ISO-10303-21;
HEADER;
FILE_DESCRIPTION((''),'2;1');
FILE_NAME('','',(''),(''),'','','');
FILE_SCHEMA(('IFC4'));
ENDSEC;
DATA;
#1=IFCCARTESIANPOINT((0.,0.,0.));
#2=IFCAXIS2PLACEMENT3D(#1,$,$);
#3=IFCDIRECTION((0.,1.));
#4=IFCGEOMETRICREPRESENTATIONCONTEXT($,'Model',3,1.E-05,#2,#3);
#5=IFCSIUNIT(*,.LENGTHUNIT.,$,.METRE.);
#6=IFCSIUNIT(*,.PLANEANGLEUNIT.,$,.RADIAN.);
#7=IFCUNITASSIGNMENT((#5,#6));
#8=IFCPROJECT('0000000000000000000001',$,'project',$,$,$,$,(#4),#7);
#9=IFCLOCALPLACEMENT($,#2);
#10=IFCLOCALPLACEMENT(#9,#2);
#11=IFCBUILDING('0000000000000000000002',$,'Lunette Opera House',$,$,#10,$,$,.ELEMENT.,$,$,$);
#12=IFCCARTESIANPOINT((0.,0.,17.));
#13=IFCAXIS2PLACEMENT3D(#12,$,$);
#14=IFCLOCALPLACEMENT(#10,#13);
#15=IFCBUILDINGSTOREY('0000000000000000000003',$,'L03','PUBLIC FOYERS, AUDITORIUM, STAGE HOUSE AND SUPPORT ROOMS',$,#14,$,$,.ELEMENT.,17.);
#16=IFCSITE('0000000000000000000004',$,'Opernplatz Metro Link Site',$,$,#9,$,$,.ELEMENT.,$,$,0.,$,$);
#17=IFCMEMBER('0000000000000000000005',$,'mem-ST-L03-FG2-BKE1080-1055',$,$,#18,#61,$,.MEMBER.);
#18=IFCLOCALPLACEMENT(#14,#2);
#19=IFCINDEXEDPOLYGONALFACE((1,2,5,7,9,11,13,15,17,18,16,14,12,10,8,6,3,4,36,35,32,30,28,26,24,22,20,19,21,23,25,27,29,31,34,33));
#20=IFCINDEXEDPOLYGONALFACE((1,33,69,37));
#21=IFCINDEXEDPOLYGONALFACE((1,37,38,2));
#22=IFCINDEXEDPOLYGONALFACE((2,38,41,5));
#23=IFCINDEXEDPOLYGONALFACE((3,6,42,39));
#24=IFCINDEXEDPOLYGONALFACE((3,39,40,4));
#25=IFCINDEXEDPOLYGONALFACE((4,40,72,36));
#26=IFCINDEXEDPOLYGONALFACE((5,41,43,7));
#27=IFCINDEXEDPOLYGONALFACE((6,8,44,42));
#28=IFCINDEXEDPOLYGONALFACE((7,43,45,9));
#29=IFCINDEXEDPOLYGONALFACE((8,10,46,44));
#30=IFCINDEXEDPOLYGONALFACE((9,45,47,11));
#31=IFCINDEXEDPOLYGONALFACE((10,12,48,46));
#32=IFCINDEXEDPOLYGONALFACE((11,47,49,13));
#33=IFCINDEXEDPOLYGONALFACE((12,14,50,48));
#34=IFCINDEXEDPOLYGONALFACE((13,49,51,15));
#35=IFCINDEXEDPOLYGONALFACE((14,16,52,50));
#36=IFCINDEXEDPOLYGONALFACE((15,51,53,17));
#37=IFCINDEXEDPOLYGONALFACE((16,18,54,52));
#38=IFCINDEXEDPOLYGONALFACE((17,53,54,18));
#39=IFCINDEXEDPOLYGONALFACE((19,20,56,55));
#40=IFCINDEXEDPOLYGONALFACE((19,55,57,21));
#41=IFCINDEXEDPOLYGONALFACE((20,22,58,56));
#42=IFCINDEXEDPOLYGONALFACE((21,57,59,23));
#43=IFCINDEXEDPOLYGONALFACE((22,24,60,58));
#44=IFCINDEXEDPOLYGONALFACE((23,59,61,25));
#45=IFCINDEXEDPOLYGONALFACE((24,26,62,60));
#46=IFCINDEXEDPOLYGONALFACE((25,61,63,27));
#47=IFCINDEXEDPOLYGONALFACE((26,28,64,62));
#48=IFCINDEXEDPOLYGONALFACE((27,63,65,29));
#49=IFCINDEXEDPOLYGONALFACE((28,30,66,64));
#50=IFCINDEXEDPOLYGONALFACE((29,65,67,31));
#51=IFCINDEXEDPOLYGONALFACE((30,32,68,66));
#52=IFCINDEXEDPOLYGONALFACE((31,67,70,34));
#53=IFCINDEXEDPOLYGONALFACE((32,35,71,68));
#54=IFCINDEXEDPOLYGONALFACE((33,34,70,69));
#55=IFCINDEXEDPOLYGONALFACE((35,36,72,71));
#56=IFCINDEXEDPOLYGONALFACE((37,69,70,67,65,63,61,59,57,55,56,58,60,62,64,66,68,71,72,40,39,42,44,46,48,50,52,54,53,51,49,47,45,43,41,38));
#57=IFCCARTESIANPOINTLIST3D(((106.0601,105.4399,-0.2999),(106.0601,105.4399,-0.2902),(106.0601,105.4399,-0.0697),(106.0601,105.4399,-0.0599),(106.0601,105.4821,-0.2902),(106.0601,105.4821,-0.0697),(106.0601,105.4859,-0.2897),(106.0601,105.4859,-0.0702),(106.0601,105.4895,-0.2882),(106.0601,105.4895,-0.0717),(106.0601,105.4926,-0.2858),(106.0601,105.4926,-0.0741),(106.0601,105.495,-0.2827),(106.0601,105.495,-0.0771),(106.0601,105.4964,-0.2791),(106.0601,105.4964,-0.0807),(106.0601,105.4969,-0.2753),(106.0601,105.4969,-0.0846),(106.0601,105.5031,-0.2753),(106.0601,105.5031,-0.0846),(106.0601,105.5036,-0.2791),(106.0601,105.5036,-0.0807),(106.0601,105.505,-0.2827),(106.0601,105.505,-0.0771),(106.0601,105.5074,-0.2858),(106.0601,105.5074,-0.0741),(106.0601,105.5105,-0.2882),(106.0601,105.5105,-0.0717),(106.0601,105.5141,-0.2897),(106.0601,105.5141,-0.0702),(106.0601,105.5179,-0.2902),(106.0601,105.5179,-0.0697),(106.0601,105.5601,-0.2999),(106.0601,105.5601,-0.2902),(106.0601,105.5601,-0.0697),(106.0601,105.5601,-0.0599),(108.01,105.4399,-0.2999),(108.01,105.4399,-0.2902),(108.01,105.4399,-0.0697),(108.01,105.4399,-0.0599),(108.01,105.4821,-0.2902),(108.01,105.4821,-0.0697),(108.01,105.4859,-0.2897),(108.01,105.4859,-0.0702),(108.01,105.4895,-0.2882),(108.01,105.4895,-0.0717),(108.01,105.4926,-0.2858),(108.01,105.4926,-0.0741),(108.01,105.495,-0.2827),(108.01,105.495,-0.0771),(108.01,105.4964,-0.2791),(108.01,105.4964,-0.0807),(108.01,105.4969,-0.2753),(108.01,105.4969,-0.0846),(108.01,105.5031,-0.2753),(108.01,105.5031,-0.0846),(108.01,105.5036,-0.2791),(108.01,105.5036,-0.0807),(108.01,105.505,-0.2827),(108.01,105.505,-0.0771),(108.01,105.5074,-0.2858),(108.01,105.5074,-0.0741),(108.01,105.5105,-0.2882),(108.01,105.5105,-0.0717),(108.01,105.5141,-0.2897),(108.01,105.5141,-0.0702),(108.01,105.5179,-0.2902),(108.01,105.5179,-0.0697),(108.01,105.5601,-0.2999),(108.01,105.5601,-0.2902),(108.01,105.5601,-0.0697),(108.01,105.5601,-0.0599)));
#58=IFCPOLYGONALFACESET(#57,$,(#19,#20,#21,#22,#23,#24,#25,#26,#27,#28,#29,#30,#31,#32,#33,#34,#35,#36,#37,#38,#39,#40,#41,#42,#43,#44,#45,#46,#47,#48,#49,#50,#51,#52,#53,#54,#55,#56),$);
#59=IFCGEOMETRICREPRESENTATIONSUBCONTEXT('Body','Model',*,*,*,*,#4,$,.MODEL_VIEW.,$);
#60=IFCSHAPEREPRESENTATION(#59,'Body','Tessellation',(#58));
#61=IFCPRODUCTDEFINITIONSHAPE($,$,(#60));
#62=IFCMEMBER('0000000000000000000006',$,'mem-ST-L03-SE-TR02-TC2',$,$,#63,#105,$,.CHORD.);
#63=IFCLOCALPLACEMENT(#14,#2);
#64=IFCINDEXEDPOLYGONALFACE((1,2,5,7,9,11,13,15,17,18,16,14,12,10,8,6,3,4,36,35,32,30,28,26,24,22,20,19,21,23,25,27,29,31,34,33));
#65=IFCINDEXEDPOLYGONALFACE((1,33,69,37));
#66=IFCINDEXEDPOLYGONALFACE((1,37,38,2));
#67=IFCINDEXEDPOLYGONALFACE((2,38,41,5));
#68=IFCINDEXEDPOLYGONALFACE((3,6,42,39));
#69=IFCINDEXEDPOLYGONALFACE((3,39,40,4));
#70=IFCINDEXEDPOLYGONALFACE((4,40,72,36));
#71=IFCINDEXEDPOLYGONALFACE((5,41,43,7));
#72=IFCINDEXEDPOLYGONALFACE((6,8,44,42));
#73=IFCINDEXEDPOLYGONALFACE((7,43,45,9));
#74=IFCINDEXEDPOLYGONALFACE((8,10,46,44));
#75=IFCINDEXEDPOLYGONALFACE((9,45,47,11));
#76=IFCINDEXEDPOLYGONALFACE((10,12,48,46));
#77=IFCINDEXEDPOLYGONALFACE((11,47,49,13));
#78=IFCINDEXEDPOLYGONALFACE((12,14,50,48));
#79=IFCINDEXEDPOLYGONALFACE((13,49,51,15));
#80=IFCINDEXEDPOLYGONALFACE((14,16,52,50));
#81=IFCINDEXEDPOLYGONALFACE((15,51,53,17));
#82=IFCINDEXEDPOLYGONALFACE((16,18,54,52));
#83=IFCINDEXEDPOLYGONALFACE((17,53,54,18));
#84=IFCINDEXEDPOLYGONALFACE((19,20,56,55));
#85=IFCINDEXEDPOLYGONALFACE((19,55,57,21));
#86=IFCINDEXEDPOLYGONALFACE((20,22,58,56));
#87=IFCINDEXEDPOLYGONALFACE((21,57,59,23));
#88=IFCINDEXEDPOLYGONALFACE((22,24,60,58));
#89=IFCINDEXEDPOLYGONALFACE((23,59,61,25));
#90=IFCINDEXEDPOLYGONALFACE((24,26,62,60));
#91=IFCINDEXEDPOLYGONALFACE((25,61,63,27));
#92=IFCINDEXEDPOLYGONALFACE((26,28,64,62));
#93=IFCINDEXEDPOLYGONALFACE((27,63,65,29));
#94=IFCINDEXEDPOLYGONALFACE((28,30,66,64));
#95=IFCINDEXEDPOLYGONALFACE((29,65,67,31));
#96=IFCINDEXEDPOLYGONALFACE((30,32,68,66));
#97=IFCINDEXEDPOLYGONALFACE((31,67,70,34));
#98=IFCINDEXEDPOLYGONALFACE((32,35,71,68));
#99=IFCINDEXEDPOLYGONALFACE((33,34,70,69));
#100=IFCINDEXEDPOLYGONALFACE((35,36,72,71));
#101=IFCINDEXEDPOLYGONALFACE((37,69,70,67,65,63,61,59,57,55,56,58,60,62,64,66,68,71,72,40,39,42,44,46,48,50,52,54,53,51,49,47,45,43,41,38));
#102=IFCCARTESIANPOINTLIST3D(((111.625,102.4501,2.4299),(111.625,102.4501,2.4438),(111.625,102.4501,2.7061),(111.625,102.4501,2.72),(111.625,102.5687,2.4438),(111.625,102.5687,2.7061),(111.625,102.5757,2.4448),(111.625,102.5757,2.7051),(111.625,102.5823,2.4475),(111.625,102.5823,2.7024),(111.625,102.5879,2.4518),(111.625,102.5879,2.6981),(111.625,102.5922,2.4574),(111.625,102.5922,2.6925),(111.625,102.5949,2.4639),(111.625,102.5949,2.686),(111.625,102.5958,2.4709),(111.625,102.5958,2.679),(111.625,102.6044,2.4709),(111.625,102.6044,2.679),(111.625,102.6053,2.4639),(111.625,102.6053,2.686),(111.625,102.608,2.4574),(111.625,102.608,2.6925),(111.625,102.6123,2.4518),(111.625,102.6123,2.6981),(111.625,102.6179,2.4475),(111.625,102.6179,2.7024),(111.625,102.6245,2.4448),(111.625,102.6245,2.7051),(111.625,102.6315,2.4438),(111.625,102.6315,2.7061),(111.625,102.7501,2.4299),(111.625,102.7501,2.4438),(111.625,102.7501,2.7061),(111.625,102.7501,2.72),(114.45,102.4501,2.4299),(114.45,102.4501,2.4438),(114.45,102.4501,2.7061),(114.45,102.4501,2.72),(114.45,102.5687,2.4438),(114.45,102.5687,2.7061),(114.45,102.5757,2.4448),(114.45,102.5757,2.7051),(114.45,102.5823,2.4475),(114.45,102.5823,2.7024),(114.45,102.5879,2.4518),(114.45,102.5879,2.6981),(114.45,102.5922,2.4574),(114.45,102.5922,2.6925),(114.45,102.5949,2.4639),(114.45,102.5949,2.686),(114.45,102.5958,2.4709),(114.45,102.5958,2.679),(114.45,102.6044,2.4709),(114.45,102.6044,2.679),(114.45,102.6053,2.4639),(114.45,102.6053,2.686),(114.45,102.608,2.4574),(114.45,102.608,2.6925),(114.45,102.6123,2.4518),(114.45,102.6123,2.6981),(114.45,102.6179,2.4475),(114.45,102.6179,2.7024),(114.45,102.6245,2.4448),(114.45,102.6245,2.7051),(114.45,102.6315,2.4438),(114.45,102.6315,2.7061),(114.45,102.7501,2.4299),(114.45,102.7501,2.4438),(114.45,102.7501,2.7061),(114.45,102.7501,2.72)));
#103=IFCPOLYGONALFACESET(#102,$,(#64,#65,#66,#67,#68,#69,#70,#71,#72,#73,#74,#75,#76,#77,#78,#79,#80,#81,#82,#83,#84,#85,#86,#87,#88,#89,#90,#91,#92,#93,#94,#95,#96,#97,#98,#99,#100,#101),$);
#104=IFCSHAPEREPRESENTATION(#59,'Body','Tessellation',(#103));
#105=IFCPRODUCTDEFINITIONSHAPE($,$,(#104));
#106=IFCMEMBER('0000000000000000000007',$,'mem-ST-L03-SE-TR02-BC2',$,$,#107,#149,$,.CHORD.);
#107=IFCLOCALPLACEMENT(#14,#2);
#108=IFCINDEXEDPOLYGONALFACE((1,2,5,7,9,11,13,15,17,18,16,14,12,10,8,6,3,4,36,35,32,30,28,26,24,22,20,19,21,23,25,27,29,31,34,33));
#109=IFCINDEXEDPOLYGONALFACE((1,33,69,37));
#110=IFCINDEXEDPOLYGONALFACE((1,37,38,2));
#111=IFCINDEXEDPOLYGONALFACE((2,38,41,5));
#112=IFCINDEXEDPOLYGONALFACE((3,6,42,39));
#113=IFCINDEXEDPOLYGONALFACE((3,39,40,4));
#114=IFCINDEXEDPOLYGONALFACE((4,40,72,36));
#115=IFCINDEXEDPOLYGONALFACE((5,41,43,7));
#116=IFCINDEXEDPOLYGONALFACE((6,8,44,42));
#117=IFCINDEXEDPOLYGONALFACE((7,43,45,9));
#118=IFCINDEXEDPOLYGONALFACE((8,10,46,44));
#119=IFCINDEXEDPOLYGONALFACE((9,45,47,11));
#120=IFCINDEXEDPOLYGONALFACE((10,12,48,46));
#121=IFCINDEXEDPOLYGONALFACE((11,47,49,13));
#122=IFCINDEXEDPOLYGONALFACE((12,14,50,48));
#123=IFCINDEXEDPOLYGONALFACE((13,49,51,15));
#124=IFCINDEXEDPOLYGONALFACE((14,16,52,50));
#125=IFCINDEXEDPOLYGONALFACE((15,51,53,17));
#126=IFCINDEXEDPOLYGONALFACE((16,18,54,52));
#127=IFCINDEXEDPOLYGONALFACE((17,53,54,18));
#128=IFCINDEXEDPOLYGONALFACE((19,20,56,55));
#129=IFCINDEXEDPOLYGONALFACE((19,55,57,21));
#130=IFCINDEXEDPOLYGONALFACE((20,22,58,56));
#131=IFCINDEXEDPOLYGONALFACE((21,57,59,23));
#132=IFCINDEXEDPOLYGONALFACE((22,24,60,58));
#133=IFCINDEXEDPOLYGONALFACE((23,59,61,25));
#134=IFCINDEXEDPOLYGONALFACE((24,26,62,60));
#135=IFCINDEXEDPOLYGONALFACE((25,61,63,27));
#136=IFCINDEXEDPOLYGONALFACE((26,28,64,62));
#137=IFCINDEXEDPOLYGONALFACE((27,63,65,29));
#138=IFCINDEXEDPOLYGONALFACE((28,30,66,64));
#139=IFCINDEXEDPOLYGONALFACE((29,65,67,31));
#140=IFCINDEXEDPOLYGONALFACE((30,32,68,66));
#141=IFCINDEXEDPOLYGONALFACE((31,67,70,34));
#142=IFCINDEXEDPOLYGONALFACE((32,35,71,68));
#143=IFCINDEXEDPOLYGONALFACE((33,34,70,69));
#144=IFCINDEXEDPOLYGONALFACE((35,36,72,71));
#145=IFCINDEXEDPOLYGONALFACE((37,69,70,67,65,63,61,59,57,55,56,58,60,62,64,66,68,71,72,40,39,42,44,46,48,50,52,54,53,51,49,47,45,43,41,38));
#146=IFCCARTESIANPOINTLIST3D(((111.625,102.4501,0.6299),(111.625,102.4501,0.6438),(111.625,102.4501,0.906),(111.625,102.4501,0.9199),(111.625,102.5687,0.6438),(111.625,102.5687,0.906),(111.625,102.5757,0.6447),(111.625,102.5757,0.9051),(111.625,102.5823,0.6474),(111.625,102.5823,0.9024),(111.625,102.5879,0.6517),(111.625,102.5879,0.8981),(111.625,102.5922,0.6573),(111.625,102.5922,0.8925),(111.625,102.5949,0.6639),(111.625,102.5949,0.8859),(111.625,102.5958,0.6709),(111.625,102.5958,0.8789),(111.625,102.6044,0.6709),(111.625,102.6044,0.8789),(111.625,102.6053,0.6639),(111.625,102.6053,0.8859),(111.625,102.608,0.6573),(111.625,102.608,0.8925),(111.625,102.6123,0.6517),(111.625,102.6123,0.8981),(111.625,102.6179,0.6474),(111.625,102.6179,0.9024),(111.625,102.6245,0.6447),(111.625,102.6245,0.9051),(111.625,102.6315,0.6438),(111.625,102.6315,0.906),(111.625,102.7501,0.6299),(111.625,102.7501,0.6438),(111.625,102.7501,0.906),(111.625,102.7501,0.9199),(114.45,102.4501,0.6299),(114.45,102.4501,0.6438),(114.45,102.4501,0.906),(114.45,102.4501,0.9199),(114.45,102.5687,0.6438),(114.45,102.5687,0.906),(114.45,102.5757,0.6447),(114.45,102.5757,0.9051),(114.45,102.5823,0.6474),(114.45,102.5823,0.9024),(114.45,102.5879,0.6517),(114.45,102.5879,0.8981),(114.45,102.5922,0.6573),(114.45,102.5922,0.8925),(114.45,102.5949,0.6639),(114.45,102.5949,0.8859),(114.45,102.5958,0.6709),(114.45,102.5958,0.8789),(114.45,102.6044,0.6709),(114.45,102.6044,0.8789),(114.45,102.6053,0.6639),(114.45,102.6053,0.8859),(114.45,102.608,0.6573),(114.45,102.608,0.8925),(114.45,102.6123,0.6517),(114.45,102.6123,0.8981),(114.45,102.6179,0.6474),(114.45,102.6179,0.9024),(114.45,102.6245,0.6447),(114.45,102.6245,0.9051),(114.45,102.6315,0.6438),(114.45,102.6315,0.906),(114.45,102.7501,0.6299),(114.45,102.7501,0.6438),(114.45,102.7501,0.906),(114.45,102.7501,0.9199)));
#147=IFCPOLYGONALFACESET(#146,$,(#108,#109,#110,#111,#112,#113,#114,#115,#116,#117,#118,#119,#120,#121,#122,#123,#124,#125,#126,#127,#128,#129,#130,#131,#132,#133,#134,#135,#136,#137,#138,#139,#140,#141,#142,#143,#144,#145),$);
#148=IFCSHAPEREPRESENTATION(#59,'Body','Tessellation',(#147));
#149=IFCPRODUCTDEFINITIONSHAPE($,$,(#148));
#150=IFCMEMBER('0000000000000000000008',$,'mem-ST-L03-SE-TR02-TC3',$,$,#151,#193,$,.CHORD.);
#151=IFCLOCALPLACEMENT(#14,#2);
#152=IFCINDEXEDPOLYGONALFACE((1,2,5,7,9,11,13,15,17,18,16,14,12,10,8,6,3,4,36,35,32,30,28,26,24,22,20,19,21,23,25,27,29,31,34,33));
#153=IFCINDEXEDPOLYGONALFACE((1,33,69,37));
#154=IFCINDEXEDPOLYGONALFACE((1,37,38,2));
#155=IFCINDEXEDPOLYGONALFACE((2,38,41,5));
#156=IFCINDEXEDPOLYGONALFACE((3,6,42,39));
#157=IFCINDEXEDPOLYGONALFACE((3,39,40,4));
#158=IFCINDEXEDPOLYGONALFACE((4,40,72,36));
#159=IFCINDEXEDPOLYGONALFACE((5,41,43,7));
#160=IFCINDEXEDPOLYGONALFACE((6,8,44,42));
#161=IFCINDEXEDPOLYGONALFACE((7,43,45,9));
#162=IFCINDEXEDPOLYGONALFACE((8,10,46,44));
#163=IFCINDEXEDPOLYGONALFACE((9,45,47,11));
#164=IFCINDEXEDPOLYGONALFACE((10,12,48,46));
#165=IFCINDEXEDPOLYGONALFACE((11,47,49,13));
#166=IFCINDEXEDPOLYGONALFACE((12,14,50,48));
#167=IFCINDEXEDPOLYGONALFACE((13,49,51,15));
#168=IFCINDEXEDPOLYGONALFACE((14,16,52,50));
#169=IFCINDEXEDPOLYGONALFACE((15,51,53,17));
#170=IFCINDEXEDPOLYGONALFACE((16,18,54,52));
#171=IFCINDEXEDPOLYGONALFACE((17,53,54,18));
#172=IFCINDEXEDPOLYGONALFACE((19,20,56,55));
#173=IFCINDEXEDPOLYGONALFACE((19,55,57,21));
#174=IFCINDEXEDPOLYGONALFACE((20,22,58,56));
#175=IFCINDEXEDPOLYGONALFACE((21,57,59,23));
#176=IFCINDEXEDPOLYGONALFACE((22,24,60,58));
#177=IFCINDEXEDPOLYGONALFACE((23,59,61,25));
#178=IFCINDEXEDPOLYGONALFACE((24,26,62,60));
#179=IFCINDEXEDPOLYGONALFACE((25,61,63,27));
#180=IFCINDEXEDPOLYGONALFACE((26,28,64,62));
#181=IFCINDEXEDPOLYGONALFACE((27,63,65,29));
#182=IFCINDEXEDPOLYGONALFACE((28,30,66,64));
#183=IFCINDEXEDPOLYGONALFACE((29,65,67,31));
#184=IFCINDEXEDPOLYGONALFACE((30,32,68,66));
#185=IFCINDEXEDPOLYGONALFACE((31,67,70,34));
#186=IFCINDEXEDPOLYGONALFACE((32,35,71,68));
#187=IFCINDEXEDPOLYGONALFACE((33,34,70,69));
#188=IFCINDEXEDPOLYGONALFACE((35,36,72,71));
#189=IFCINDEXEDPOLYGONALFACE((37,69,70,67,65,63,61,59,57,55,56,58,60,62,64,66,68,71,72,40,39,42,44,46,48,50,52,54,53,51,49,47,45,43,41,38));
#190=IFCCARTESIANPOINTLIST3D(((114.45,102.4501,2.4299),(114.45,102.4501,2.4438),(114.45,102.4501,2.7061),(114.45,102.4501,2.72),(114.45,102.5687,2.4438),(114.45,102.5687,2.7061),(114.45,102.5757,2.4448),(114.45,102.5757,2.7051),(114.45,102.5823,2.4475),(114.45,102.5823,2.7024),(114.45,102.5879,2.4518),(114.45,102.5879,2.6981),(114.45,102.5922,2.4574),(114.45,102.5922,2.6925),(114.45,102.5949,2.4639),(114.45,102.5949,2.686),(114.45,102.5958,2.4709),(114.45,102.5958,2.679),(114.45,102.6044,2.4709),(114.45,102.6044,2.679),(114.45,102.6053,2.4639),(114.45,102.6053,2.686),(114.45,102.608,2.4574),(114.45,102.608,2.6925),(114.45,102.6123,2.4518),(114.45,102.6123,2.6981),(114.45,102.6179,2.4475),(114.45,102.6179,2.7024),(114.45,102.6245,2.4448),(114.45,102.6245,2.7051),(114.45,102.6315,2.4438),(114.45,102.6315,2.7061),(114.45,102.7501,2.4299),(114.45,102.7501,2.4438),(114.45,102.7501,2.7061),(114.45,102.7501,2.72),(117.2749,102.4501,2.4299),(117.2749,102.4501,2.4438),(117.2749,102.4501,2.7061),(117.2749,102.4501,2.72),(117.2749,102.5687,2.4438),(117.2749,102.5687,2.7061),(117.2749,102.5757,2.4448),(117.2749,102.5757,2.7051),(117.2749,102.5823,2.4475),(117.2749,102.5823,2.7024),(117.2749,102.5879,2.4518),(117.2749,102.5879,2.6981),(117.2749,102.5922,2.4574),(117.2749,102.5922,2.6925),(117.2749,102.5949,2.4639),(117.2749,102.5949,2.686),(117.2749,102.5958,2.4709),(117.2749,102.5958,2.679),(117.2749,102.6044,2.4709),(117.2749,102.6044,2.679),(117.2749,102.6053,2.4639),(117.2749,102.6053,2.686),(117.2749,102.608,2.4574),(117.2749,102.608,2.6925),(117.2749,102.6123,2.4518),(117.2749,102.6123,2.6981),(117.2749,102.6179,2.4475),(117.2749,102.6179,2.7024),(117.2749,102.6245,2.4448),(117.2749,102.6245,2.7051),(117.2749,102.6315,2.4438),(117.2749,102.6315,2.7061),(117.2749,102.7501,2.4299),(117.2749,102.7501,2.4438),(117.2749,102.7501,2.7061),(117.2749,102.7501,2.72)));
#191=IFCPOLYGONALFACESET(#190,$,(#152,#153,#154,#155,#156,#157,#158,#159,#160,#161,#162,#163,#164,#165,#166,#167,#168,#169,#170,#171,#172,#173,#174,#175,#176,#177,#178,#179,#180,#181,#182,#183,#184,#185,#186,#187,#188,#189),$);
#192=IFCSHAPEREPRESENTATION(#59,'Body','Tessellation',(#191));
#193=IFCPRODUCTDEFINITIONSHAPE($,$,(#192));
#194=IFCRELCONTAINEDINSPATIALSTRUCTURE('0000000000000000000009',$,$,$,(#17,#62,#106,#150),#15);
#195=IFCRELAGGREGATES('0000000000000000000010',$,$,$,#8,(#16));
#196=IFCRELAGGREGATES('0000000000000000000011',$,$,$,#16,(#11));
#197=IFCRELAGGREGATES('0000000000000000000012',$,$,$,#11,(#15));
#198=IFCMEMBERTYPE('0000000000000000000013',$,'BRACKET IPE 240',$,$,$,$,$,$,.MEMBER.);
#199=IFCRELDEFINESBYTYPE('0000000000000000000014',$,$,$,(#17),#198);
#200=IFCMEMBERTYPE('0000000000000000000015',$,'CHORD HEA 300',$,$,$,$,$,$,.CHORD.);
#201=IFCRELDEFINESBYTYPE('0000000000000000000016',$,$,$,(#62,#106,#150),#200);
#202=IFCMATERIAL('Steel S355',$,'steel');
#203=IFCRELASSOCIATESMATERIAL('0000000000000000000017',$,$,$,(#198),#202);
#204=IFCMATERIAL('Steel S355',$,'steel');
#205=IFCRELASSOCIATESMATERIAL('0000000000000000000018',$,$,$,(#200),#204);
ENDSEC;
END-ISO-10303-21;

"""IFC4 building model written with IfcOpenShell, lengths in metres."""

from ifc_helpers import new_model, si_unit, direction, frame, origin, origin_2d, place, context, subcontext, project, spatial, i_section, extrude, material, material_profile, profile_set, type_object, element, save


model = new_model("IFC4")

# Units and contexts
model_context = context("Model", 3, precision=1e-05, world=origin(), true_north=direction((0.0, 1.0)))
body_context = subcontext(model_context, "Body", "Model", "MODEL_VIEW")
ifc_project = project(units=[si_unit("LENGTHUNIT", "METRE"), si_unit("PLANEANGLEUNIT", "RADIAN")], contexts=[model_context])

# Site, building, storey
site_placement = place(None, origin())
site = spatial("IfcSite", under=ifc_project, at=site_placement, Name="Opernplatz Metro Link Site", CompositionType="ELEMENT", RefElevation=0.0)
building_placement = place(site_placement, origin())
building = spatial("IfcBuilding", under=site, at=building_placement, Name="Lunette Opera House", CompositionType="ELEMENT")
storey_placement = place(building_placement, frame((0.0, 0.0, 17.0)))
storey = spatial("IfcBuildingStorey", under=building, at=storey_placement, Name="L03", Description="PUBLIC FOYERS, AUDITORIUM, STAGE HOUSE AND SUPPORT ROOMS", CompositionType="ELEMENT", Elevation=17.0)

# Members
ifc_material_1 = material(Name="Steel S355", Category="steel")
ifc_material_profile_1 = material_profile(ifc_material_1, i_section(OverallWidth=0.1201, OverallDepth=0.24, WebThickness=0.0061, FlangeThickness=0.0098, FilletRadius=0.0149, at=origin_2d()), Name="IPE 240")
ifc_profile_set_1 = profile_set([ifc_material_profile_1], Name="Steel S355")
member_type_1 = type_object("IfcMemberType", Name="BRACKET IPE 240", PredefinedType="MEMBER", material=ifc_profile_set_1)
member_placement = place(storey_placement, frame((108.01, 105.5, -0.1799), z_axis=(-1.0, 0.0, 0.0), x_axis=(0.0, -1.0, 0.0)))
element("IfcMember", 1, at=member_placement, inside=storey, type_object=member_type_1, Name="mem-ST-L03-FG2-BKE1080-1055", PredefinedType="MEMBER", context=body_context, shape_type="SweptSolid", body=[
    extrude(i_section(OverallWidth=0.1201, OverallDepth=0.24, WebThickness=0.0061, FlangeThickness=0.0098, FilletRadius=0.0149, at=origin_2d()), origin(), (0.0, 0.0, 1.0), 1.95),
])
ifc_material_2 = material(Name="Steel S355", Category="steel")
ifc_material_profile_2 = material_profile(ifc_material_2, i_section(OverallWidth=0.3, OverallDepth=0.29, WebThickness=0.0085, FlangeThickness=0.0139, FilletRadius=0.0271, at=origin_2d()), Name="HEA 300")
ifc_profile_set_2 = profile_set([ifc_material_profile_2], Name="Steel S355")
member_type_2 = type_object("IfcMemberType", Name="CHORD HEA 300", PredefinedType="CHORD", material=ifc_profile_set_2)
for number, where, z_axis, x_axis, name in (
    (2, (111.625, 102.6001, 2.575), (1.0, 0.0, 0.0), (0.0, 1.0, 0.0), "mem-ST-L03-SE-TR02-TC2"),
    (3, (111.625, 102.6001, 0.7749), (1.0, 0.0, 0.0), (0.0, 1.0, 0.0), "mem-ST-L03-SE-TR02-BC2"),
    (4, (114.45, 102.6001, 2.575), (1.0, 0.0, 0.0), (0.0, 1.0, 0.0), "mem-ST-L03-SE-TR02-TC3"),
):
    element("IfcMember", number, at=place(storey_placement, frame(where, z_axis=z_axis, x_axis=x_axis)), inside=storey, type_object=member_type_2, Name=name, PredefinedType="CHORD", context=body_context, shape_type="SweptSolid", body=[
        extrude(i_section(OverallWidth=0.3, OverallDepth=0.29, WebThickness=0.0085, FlangeThickness=0.0139, FilletRadius=0.0271, at=origin_2d()), origin(), (0.0, 0.0, 1.0), 2.825),
    ])

save(model, "model.ifc")
